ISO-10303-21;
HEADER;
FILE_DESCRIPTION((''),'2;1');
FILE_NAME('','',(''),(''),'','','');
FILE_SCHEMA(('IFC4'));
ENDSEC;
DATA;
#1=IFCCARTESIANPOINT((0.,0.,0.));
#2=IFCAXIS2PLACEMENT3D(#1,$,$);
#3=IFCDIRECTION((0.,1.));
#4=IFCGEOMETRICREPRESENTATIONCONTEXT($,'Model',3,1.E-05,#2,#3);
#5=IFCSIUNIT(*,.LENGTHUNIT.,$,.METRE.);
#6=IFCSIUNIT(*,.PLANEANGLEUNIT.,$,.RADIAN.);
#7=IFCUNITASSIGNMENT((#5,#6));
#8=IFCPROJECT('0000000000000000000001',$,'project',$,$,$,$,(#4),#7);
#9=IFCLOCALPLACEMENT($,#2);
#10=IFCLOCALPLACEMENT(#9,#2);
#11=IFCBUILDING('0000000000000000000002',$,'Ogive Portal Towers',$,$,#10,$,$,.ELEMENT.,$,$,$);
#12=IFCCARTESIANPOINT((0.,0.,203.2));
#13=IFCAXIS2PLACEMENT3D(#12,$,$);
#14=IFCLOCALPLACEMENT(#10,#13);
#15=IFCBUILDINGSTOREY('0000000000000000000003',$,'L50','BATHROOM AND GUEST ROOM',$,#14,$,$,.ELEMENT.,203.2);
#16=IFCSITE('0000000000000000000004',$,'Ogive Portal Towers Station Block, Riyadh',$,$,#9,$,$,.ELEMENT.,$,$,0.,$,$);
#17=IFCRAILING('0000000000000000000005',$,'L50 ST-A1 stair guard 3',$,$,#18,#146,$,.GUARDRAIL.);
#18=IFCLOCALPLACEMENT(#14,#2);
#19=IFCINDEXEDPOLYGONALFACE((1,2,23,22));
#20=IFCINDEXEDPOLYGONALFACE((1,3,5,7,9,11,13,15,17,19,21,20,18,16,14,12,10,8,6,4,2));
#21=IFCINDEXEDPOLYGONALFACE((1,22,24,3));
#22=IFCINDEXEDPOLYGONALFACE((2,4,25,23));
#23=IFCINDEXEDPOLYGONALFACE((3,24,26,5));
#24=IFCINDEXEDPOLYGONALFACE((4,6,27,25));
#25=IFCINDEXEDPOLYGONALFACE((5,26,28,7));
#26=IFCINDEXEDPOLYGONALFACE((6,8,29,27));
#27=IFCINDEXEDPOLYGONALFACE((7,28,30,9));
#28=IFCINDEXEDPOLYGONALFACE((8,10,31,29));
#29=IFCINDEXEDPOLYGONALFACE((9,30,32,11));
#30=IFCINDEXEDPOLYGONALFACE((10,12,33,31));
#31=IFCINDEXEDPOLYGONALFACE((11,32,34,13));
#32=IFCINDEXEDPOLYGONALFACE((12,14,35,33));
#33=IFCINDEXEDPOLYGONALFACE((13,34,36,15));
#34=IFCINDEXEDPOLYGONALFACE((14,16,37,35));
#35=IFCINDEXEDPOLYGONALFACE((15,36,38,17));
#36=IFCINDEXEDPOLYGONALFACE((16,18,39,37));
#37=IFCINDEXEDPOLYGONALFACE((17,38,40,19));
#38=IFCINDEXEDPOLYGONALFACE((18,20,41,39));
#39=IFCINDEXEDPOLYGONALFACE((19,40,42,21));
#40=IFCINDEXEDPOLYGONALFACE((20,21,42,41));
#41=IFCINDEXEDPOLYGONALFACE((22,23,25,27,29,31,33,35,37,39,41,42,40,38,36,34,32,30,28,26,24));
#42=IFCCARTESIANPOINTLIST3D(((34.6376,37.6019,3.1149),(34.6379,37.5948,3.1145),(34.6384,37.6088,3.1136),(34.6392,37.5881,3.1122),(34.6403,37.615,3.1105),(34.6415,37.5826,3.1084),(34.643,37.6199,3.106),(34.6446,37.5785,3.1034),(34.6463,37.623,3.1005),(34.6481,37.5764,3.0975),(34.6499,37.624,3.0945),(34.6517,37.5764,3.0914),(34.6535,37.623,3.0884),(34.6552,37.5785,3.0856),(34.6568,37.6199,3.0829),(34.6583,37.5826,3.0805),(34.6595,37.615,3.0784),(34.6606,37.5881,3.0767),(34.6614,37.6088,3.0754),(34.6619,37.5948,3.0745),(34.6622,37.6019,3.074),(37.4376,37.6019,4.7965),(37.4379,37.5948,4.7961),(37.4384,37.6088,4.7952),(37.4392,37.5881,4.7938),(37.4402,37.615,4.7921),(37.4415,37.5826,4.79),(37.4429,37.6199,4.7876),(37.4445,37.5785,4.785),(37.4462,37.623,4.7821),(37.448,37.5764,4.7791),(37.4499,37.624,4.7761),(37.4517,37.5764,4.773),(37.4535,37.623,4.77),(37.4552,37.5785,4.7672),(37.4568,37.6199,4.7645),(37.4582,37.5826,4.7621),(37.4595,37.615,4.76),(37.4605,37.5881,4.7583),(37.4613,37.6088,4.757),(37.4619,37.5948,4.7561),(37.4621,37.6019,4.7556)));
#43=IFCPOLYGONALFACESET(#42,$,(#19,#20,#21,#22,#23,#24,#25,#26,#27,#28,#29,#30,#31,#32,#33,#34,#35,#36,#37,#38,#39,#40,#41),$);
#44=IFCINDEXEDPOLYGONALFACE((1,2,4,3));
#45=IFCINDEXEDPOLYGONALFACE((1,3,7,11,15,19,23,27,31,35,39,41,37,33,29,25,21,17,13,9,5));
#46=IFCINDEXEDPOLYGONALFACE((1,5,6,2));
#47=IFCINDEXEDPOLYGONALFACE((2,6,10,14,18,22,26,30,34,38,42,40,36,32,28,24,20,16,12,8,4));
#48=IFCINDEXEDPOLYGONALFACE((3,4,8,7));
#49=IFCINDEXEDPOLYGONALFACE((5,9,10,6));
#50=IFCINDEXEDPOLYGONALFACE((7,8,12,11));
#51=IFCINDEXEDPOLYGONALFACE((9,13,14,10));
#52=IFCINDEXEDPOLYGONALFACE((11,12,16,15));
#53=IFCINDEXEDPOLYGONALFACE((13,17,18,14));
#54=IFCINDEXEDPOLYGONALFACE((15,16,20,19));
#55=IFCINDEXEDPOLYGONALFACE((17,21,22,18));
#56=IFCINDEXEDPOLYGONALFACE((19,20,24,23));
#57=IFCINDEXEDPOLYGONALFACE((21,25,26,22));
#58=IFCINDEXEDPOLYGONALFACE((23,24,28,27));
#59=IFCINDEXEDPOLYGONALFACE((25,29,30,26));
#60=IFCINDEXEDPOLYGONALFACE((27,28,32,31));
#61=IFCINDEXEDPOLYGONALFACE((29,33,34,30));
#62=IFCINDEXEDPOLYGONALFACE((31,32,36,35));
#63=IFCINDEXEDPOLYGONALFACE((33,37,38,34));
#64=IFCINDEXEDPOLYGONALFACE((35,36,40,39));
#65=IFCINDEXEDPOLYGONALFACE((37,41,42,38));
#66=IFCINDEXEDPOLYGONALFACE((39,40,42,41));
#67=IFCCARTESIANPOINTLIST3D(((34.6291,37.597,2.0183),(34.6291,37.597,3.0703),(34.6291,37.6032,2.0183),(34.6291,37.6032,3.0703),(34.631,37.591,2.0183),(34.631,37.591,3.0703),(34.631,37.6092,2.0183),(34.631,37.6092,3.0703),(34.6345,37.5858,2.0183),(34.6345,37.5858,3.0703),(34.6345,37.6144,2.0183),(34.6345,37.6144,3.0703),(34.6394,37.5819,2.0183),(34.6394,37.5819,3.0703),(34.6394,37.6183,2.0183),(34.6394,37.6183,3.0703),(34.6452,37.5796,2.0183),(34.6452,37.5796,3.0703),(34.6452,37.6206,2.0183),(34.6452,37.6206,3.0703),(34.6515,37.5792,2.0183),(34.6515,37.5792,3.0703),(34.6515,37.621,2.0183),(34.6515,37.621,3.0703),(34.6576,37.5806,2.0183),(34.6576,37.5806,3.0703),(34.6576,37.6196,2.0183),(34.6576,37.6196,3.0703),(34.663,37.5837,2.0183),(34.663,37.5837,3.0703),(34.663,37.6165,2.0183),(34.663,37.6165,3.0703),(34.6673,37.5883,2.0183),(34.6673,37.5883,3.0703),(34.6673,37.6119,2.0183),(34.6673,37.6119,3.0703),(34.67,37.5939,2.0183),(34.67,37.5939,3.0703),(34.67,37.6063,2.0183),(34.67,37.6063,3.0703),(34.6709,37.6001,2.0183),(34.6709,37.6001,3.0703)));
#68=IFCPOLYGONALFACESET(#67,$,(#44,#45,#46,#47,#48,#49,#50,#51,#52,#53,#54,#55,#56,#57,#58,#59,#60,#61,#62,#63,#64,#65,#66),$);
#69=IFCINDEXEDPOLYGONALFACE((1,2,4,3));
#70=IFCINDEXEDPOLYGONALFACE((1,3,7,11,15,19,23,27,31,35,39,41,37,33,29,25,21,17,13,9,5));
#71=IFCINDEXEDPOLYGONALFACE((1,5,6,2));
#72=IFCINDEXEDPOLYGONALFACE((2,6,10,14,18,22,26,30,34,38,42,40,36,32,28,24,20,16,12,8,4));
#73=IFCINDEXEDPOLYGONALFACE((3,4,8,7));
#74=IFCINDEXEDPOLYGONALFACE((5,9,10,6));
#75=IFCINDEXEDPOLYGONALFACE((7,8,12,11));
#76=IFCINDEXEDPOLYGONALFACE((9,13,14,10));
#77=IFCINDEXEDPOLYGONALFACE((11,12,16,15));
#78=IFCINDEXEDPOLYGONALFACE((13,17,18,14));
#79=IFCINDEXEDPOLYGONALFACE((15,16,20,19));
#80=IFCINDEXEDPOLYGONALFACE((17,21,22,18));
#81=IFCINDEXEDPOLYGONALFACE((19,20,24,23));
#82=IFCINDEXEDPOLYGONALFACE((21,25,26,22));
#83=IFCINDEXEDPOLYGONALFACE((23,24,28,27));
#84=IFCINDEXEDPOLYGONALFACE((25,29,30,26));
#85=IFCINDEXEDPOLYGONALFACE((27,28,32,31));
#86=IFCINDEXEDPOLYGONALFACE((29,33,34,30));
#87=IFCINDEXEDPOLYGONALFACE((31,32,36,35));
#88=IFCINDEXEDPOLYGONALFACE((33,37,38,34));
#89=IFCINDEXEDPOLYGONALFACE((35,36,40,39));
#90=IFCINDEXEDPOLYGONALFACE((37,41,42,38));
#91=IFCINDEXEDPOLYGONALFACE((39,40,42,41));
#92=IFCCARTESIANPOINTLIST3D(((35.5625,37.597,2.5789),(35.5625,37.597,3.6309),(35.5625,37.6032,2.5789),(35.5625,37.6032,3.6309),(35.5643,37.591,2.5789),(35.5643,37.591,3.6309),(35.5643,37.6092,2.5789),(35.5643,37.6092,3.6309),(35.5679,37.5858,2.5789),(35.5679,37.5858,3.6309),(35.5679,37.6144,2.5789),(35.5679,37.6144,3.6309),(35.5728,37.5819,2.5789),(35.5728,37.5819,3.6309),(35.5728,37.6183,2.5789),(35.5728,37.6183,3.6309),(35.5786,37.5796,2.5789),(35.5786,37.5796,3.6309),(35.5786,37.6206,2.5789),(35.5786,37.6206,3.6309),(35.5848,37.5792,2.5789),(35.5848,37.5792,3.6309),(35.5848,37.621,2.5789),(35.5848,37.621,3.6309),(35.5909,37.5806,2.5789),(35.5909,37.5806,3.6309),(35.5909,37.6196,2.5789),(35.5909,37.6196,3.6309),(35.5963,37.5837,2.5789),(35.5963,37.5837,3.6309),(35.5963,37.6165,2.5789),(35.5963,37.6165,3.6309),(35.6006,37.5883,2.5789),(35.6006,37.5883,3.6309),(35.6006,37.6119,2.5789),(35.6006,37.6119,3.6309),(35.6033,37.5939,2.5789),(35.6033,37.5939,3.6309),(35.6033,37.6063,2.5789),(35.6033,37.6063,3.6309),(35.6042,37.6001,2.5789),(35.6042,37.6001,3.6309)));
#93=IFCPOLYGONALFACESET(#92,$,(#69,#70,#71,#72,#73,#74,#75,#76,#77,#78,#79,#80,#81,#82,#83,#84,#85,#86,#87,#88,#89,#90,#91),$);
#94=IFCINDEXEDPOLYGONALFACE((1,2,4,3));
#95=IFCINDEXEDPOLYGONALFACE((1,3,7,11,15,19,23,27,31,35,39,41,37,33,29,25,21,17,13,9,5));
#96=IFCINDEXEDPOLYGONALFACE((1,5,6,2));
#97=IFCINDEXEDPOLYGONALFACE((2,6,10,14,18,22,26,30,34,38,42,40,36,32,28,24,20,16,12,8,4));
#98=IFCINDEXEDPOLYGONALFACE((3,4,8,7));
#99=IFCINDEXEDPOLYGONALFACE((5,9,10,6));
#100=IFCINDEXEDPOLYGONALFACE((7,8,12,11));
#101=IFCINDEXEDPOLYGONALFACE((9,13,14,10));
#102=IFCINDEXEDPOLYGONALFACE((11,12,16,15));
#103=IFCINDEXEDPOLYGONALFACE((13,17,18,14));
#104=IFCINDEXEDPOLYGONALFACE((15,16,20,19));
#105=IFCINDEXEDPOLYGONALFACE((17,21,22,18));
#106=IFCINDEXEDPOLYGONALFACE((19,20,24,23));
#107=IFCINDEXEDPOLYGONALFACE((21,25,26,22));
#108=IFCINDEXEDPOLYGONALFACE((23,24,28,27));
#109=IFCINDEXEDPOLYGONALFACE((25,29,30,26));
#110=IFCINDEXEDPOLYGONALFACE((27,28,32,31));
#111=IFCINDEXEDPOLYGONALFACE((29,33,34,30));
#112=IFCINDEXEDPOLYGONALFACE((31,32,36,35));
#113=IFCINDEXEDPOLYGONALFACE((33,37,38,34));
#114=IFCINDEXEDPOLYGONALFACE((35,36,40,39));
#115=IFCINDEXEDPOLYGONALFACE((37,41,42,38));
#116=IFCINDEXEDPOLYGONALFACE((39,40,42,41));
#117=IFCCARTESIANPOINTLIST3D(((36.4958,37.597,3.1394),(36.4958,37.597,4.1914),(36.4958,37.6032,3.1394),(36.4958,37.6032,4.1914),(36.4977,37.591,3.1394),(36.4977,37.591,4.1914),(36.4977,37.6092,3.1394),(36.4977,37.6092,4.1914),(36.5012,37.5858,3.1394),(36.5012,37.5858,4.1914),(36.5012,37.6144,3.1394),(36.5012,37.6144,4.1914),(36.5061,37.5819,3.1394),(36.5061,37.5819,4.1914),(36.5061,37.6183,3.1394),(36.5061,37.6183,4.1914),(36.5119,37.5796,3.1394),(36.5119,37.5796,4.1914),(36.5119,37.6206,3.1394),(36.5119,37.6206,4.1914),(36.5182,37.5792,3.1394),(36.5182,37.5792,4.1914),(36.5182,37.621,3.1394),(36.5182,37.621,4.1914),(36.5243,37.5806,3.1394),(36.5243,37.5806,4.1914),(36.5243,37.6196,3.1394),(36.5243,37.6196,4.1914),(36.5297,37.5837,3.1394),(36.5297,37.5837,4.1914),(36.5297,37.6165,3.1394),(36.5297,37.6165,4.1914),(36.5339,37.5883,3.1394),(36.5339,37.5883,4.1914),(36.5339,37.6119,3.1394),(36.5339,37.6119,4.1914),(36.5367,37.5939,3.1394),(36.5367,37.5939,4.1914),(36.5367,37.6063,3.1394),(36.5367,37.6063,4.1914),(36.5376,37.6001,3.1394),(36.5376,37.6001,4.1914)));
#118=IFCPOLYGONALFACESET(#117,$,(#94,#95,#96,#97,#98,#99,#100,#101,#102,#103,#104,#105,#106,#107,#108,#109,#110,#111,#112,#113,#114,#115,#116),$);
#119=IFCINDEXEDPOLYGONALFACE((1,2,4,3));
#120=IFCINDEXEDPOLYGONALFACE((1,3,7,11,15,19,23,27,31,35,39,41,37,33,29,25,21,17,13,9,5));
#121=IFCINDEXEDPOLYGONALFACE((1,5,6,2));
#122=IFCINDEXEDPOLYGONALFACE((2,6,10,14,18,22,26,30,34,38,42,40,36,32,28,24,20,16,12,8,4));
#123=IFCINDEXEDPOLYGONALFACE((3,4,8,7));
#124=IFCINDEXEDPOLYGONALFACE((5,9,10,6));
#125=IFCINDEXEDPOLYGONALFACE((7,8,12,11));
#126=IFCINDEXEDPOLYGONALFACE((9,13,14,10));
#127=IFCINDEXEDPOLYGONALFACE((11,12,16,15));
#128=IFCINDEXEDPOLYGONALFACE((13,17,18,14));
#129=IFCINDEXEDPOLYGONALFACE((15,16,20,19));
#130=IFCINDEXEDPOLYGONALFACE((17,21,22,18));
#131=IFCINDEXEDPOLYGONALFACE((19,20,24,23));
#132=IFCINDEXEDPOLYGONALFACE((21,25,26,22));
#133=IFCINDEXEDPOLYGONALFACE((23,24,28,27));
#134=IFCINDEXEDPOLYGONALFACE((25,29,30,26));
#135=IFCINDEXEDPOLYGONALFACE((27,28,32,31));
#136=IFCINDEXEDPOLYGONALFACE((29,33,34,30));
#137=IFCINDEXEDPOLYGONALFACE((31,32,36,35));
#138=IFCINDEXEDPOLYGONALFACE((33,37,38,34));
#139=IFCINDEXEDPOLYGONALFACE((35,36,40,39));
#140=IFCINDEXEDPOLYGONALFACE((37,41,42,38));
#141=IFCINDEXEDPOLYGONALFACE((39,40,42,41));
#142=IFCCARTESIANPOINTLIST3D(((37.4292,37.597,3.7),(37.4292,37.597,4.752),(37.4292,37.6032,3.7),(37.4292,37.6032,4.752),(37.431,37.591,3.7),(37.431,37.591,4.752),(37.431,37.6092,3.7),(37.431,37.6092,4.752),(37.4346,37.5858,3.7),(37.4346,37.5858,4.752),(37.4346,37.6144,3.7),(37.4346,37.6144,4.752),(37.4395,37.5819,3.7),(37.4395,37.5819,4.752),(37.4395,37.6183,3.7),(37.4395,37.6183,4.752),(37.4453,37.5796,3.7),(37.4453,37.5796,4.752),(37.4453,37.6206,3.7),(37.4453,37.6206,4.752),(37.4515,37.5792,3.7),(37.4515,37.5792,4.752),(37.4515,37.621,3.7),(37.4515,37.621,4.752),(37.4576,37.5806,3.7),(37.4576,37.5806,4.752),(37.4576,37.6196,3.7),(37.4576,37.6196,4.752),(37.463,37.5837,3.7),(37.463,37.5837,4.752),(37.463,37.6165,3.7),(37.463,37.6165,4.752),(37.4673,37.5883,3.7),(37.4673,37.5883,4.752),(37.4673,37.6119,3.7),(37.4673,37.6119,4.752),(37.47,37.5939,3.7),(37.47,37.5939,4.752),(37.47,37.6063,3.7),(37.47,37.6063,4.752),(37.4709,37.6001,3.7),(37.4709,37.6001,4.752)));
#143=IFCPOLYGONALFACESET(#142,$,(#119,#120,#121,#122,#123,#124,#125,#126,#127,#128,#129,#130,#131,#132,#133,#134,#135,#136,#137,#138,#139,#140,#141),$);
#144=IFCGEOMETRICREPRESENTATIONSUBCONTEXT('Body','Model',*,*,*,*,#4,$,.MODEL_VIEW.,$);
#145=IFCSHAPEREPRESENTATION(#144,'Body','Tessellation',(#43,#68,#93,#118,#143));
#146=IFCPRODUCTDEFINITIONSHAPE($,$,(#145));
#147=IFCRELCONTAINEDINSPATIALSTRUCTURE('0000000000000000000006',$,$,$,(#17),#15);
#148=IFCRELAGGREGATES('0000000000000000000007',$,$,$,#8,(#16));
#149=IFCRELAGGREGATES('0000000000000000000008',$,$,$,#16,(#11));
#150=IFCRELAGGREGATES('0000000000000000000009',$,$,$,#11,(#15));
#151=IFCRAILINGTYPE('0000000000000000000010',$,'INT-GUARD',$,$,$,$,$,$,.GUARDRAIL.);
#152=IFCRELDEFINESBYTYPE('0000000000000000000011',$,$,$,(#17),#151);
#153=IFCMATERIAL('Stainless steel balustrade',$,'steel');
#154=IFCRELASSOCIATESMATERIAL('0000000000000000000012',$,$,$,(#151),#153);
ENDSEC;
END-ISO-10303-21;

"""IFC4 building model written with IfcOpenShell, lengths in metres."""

from ifc_helpers import new_model, si_unit, direction, frame, origin, origin_2d, place, context, subcontext, project, spatial, circle, extrude, material, type_object, element, save


model = new_model("IFC4")

# Units and contexts
model_context = context("Model", 3, precision=1e-05, world=origin(), true_north=direction((0.0, 1.0)))
body_context = subcontext(model_context, "Body", "Model", "MODEL_VIEW")
ifc_project = project(units=[si_unit("LENGTHUNIT", "METRE"), si_unit("PLANEANGLEUNIT", "RADIAN")], contexts=[model_context])

# Site, building, storey
site_placement = place(None, origin())
site = spatial("IfcSite", under=ifc_project, at=site_placement, Name="Ogive Portal Towers Station Block, Riyadh", CompositionType="ELEMENT", RefElevation=0.0)
building_placement = place(site_placement, origin())
building = spatial("IfcBuilding", under=site, at=building_placement, Name="Ogive Portal Towers", CompositionType="ELEMENT")
storey_placement = place(building_placement, frame((0.0, 0.0, 203.2)))
storey = spatial("IfcBuildingStorey", under=building, at=storey_placement, Name="L50", Description="BATHROOM AND GUEST ROOM", CompositionType="ELEMENT", Elevation=203.2)

# Railing
ifc_material_1 = material(Name="Stainless steel balustrade", Category="steel")
railing_type_1 = type_object("IfcRailingType", Name="INT-GUARD", PredefinedType="GUARDRAIL", material=ifc_material_1)
railing_1_placement = place(storey_placement, frame((34.6499, 37.6001, 2.0183)))
element("IfcRailing", 1, at=railing_1_placement, inside=storey, type_object=railing_type_1, Name="L50 ST-A1 stair guard 3", PredefinedType="GUARDRAIL", context=body_context, shape_type="SweptSolid", body=[
    extrude(circle(Radius=0.0239, at=origin_2d()), frame((0.0, 0.0, 1.0762), z_axis=(0.857275, 0.0, 0.514858), x_axis=(0.0, 1.0, 0.0)), (0.0, 0.0, 1.0), 3.2661),
    extrude(circle(Radius=0.021, at=origin_2d()), origin(), (0.0, 0.0, 1.0), 1.052),
    extrude(circle(Radius=0.021, at=origin_2d()), frame((0.9333, 0.0, 0.5605)), (0.0, 0.0, 1.0), 1.052),
    extrude(circle(Radius=0.021, at=origin_2d()), frame((1.8667, 0.0, 1.1211)), (0.0, 0.0, 1.0), 1.052),
    extrude(circle(Radius=0.021, at=origin_2d()), frame((2.8, 0.0, 1.6816)), (0.0, 0.0, 1.0), 1.052),
])

save(model, "model.ifc")
